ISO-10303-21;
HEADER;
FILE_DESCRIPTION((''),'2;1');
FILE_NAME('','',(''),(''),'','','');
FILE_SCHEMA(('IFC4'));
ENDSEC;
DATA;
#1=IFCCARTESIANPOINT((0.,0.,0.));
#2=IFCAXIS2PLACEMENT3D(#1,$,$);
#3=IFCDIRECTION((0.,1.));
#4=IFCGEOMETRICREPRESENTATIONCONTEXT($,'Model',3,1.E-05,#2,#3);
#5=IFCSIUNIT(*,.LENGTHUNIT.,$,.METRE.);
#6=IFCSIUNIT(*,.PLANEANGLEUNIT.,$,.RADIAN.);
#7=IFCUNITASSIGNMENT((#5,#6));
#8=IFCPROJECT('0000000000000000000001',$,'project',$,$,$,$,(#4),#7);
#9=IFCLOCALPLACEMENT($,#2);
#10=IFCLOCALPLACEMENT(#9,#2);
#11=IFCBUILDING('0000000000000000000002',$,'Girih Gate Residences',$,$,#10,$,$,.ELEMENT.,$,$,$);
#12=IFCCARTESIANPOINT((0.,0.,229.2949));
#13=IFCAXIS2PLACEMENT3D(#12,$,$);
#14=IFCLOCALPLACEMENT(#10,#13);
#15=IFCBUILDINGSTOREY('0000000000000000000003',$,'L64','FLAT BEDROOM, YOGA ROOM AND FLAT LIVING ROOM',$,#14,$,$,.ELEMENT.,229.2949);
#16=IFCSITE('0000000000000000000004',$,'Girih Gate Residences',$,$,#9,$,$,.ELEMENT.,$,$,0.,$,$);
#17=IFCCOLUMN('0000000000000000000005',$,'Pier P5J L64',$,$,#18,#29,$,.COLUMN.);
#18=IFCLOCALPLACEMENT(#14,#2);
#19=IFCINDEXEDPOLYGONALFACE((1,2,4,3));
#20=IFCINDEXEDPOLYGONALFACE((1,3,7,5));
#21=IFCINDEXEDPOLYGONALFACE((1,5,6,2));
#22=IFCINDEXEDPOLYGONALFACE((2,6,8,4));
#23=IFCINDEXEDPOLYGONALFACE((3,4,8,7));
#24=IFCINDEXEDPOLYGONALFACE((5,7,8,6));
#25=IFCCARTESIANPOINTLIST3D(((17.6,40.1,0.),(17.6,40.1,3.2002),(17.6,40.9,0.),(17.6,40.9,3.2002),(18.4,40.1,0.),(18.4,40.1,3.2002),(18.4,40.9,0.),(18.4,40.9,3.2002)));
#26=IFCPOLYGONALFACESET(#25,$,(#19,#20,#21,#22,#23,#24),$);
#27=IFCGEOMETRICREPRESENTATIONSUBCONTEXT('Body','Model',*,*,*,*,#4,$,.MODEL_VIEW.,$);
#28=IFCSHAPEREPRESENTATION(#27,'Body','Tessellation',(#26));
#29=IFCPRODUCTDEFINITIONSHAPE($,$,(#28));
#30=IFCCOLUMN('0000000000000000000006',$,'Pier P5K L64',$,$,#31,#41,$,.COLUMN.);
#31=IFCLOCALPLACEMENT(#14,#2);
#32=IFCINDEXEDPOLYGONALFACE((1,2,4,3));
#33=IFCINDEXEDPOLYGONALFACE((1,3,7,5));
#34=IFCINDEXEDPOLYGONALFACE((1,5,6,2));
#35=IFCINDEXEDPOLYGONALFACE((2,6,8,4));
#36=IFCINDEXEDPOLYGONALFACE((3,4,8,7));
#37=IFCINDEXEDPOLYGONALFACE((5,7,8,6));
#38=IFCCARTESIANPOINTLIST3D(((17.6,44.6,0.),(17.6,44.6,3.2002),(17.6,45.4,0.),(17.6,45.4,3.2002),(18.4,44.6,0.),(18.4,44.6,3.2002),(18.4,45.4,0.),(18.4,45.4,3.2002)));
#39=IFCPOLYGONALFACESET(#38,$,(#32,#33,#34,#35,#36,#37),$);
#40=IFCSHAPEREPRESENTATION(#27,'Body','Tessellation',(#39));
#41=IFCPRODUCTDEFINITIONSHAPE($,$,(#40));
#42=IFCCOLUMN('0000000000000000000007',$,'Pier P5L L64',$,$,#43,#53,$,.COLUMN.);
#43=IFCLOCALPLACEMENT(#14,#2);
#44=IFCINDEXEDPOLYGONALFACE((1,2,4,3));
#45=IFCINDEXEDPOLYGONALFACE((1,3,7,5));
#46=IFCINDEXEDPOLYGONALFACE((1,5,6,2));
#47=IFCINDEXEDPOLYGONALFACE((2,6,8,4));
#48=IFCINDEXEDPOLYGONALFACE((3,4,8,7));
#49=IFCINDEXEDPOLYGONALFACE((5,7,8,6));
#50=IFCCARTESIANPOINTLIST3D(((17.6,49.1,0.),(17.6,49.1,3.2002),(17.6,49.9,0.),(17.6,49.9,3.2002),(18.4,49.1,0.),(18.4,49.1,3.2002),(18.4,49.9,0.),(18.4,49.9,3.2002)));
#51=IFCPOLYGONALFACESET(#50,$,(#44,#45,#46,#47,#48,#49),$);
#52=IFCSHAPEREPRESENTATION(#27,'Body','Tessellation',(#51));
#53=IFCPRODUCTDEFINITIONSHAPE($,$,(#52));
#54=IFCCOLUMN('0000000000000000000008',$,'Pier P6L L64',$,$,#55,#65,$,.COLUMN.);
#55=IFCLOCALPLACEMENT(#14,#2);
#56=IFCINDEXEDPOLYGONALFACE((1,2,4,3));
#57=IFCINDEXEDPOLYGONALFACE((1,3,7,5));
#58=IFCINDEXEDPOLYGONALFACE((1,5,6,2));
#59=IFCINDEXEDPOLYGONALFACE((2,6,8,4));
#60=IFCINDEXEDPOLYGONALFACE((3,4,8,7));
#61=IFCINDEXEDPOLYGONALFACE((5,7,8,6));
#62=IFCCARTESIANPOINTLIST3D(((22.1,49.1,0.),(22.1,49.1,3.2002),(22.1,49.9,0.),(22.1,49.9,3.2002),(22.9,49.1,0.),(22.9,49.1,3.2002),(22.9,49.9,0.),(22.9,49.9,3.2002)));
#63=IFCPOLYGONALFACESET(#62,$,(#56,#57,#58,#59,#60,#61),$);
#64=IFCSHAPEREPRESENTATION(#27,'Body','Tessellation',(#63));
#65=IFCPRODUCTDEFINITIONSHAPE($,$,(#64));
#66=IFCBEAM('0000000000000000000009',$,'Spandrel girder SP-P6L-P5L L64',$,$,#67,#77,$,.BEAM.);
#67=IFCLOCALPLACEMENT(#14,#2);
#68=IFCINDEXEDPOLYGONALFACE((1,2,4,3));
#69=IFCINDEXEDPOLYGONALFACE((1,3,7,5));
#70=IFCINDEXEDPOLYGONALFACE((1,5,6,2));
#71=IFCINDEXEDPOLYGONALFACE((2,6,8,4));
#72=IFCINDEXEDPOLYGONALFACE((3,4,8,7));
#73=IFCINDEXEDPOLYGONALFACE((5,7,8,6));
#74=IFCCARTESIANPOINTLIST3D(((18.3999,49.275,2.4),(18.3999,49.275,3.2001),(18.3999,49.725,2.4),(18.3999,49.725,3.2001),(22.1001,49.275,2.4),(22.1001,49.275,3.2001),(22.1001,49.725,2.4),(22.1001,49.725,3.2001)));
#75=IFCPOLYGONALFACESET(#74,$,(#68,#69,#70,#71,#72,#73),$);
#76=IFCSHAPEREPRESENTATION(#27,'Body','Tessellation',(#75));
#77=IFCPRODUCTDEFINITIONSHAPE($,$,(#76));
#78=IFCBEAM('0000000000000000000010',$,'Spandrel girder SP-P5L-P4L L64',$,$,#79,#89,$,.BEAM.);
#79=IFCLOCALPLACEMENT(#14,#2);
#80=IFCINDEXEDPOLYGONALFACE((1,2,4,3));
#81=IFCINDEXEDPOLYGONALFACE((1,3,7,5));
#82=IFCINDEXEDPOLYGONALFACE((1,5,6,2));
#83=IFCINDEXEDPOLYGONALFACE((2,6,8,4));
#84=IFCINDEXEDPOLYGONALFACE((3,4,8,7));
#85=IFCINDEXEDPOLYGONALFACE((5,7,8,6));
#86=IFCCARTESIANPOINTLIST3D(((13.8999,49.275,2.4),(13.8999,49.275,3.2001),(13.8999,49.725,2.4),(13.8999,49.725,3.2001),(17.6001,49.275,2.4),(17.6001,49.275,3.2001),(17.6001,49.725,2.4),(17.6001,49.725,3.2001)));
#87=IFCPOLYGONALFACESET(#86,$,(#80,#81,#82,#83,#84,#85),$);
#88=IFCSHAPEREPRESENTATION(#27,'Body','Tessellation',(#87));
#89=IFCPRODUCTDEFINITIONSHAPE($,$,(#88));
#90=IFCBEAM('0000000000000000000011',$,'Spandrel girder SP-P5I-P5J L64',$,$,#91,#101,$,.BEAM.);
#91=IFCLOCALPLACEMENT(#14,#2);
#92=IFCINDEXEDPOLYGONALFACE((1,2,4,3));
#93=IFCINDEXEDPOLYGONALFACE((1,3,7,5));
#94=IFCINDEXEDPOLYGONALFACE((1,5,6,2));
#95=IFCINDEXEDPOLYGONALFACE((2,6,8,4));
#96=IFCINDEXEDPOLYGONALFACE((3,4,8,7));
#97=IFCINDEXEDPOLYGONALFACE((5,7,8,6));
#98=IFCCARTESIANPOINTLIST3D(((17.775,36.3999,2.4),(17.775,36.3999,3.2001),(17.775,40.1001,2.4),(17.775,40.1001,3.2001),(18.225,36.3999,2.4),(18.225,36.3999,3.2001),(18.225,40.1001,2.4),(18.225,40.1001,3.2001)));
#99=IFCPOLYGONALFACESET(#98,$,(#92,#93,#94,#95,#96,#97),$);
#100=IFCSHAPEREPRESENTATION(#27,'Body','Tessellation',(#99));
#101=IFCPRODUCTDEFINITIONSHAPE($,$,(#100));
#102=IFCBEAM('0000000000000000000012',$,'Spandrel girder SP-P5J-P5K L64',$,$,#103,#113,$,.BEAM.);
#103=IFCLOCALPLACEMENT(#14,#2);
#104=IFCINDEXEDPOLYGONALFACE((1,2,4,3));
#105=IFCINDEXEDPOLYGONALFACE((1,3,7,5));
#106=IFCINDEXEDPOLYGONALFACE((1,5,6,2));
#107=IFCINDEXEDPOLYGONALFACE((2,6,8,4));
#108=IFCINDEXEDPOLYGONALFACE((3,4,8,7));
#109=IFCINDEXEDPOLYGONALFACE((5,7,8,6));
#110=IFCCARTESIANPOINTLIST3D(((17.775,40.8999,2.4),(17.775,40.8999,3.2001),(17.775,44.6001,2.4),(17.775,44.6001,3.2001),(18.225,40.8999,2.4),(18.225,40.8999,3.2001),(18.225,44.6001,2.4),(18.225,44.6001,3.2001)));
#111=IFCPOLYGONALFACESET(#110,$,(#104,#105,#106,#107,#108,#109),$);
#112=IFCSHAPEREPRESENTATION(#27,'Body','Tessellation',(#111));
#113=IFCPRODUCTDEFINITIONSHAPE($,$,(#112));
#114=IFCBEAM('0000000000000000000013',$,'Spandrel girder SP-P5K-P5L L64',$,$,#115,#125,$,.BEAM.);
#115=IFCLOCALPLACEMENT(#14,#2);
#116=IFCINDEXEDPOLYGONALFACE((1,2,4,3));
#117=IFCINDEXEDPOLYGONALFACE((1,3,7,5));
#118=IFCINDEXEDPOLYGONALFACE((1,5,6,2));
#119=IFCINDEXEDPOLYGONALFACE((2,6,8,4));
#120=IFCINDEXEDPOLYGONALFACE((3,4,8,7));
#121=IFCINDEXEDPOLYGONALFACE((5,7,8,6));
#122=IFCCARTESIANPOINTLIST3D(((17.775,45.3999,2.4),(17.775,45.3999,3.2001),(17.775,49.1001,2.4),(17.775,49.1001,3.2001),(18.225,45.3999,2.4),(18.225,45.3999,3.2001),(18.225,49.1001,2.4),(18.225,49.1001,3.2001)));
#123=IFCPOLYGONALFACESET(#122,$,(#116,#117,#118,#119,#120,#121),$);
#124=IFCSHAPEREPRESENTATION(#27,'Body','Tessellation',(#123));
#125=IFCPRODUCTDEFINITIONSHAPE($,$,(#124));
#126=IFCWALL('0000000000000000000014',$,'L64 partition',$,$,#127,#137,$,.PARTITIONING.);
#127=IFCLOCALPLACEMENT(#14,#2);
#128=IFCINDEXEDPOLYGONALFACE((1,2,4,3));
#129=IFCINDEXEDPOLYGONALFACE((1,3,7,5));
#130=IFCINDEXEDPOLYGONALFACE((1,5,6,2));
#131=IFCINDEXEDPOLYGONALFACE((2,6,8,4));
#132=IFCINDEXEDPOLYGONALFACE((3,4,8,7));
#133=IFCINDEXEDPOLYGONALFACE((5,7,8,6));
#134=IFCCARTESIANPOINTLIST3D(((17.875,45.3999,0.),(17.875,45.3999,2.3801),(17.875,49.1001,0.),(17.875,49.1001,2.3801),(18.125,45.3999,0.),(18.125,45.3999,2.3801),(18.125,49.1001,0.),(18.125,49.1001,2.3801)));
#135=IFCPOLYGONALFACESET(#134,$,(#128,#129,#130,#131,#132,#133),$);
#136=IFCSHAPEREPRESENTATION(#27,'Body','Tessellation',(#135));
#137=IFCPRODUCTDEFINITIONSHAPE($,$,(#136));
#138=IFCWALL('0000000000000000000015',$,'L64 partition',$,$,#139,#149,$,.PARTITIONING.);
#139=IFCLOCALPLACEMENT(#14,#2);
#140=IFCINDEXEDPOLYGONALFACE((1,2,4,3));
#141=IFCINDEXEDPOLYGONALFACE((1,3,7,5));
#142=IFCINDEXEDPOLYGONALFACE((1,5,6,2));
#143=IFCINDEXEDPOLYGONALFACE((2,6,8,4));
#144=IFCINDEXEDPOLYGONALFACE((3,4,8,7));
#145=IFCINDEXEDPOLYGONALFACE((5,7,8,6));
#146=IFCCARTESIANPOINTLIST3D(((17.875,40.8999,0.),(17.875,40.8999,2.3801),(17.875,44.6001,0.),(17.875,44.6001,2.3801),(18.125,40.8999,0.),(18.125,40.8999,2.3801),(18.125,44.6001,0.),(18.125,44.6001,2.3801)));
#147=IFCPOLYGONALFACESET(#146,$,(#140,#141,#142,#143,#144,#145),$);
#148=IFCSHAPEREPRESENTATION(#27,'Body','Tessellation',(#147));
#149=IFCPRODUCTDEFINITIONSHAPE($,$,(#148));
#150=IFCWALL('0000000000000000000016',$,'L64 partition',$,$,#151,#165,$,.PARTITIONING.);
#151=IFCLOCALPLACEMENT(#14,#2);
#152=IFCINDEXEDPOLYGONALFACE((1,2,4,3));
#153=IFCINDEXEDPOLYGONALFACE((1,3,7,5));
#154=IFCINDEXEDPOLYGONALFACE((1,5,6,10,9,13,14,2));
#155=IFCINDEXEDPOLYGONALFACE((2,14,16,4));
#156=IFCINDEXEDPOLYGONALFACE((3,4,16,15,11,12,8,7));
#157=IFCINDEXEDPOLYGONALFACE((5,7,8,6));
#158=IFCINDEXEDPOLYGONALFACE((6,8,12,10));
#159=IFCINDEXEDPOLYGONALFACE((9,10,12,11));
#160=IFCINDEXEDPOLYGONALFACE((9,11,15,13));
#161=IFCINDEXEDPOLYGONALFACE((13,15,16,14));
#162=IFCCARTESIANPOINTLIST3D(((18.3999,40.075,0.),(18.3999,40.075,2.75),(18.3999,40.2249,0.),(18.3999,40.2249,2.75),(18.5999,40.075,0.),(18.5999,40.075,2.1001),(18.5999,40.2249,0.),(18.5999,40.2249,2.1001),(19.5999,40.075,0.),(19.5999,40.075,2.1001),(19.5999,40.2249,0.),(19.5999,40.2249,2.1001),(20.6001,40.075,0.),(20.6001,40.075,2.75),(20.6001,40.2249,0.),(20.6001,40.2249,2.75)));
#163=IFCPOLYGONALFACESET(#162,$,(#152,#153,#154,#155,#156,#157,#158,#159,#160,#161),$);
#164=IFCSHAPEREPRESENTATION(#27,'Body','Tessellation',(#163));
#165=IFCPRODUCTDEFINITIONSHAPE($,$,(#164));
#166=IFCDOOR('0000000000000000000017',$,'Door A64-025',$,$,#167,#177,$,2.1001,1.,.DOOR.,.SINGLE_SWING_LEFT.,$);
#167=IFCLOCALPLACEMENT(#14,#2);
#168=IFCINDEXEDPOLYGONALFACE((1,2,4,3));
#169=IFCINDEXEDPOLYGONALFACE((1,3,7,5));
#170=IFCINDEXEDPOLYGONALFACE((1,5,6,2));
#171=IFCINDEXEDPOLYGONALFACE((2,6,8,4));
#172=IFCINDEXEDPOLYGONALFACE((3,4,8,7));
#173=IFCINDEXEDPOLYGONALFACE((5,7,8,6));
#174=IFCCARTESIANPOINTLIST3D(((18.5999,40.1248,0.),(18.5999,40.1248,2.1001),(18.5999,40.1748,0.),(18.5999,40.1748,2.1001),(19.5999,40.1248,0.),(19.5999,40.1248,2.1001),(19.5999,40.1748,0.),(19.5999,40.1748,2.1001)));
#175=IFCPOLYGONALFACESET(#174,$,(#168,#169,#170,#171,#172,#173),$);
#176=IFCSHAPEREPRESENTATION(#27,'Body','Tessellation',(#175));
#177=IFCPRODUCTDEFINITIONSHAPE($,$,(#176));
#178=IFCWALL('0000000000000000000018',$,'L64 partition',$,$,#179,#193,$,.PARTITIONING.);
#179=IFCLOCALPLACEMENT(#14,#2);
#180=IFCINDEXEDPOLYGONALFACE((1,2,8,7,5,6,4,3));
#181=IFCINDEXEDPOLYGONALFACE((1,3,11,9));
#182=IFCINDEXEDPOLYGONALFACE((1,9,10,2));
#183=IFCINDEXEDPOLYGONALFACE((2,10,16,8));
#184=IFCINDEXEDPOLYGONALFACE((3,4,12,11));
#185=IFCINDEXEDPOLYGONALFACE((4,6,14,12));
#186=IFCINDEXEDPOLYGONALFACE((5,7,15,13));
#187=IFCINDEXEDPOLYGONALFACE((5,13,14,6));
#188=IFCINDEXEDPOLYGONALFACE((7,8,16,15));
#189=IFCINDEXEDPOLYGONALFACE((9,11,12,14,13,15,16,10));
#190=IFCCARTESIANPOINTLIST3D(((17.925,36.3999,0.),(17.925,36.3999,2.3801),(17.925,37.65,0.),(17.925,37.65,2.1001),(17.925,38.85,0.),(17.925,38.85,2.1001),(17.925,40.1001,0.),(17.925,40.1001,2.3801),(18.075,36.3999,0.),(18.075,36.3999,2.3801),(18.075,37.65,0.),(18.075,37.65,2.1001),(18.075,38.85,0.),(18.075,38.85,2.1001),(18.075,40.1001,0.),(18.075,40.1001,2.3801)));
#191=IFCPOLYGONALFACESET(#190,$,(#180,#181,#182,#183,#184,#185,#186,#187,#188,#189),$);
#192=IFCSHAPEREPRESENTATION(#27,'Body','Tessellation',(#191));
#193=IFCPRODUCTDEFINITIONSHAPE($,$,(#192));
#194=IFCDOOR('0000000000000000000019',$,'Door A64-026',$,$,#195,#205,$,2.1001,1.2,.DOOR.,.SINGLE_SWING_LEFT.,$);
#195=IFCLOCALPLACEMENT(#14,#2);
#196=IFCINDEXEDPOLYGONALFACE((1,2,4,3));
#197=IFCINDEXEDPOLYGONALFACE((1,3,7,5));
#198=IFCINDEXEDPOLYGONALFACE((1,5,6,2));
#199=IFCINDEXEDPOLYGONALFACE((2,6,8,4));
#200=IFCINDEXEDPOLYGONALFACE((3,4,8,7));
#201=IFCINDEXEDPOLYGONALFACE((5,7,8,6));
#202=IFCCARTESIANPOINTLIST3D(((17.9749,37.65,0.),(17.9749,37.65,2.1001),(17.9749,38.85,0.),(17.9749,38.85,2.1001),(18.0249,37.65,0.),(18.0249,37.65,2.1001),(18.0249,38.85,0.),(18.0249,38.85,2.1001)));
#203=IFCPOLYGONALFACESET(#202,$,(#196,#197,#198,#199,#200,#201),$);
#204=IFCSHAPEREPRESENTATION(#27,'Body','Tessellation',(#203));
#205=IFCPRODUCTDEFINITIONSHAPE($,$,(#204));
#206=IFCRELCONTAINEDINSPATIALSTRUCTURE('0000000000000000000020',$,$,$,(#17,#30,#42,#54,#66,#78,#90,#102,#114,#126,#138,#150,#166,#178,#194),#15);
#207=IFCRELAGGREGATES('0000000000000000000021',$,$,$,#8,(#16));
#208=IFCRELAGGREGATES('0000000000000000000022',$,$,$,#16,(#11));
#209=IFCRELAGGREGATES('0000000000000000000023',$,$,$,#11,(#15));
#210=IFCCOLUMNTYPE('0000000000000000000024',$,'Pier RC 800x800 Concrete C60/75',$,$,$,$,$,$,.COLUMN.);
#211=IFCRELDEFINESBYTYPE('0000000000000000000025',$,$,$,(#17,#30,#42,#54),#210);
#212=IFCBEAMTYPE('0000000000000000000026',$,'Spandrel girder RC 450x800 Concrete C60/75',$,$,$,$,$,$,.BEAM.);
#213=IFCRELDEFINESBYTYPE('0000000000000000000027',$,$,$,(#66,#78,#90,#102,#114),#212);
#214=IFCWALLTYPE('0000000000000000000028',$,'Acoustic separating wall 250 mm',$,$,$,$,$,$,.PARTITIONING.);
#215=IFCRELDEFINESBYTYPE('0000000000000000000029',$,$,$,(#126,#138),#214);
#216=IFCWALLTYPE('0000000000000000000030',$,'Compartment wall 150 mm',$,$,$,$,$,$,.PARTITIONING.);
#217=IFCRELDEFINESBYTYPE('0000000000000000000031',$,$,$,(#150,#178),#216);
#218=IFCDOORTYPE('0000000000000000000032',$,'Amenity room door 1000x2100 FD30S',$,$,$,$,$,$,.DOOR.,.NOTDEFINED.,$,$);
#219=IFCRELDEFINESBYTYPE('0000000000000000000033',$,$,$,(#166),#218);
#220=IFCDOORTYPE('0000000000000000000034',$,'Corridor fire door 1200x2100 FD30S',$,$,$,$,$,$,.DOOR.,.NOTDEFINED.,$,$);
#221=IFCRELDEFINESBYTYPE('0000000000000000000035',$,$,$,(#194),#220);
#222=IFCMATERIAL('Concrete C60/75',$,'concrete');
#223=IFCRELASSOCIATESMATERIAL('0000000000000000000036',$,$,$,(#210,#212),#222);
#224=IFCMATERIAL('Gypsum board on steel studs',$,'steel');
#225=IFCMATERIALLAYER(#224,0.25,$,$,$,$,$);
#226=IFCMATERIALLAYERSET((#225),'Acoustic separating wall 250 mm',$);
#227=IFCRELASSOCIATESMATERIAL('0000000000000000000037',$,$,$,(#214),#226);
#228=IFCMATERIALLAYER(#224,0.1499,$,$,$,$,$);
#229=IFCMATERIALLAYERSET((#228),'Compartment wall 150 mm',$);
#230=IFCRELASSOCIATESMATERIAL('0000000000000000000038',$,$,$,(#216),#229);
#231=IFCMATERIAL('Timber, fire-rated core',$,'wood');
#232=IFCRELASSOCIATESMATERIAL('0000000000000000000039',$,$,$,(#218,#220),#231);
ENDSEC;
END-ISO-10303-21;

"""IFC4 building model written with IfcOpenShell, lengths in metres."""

from ifc_helpers import new_model, si_unit, direction, frame, frame_2d, origin, origin_2d, place, context, subcontext, project, spatial, rectangle, extrude, material, layer, layer_set, material_profile, profile_set, type_object, element, fill, save


model = new_model("IFC4")

# Units and contexts
model_context = context("Model", 3, precision=1e-05, world=origin(), true_north=direction((0.0, 1.0)))
body_context = subcontext(model_context, "Body", "Model", "MODEL_VIEW")
ifc_project = project(units=[si_unit("LENGTHUNIT", "METRE"), si_unit("PLANEANGLEUNIT", "RADIAN")], contexts=[model_context])

# Site, building, storey
site_placement = place(None, origin())
site = spatial("IfcSite", under=ifc_project, at=site_placement, Name="Girih Gate Residences", CompositionType="ELEMENT", RefElevation=0.0)
building_placement = place(site_placement, origin())
building = spatial("IfcBuilding", under=site, at=building_placement, Name="Girih Gate Residences", CompositionType="ELEMENT")
storey_placement = place(building_placement, frame((0.0, 0.0, 229.2949)))
storey = spatial("IfcBuildingStorey", under=building, at=storey_placement, Name="L64", Description="FLAT BEDROOM, YOGA ROOM AND FLAT LIVING ROOM", CompositionType="ELEMENT", Elevation=229.2949)

# Columns
ifc_material_1 = material(Name="Concrete C60/75", Category="concrete")
ifc_material_profile_1 = material_profile(ifc_material_1, rectangle(XDim=0.8, YDim=0.8, at=origin_2d()))
ifc_profile_set_1 = profile_set([ifc_material_profile_1], Name="Concrete C60/75")
column_type = type_object("IfcColumnType", Name="Pier RC 800x800 Concrete C60/75", PredefinedType="COLUMN", material=ifc_profile_set_1)
for number, where, z_axis, x_axis, name in (
    (1, (18.0, 40.5, 0.0), (0.0, 0.0, 1.0), (1.0, 0.0, 0.0), "Pier P5J L64"),
    (2, (18.0, 45.0, 0.0), (0.0, 0.0, 1.0), (1.0, 0.0, 0.0), "Pier P5K L64"),
    (3, (18.0, 49.5, 0.0), (0.0, 0.0, 1.0), (1.0, 0.0, 0.0), "Pier P5L L64"),
    (4, (22.5, 49.5, 0.0), (0.0, 0.0, 1.0), (1.0, 0.0, 0.0), "Pier P6L L64"),
):
    element("IfcColumn", number, at=place(storey_placement, frame(where, z_axis=z_axis, x_axis=x_axis)), inside=storey, type_object=column_type, Name=name, PredefinedType="COLUMN", context=body_context, shape_type="SweptSolid", body=[
        extrude(rectangle(XDim=0.8, YDim=0.8, at=origin_2d()), origin(), (0.0, 0.0, 1.0), 3.2002),
    ])

# Beams
ifc_material_profile_2 = material_profile(ifc_material_1, rectangle(XDim=0.45, YDim=0.8, at=origin_2d()))
ifc_profile_set_2 = profile_set([ifc_material_profile_2], Name="Concrete C60/75")
beam_type = type_object("IfcBeamType", Name="Spandrel girder RC 450x800 Concrete C60/75", PredefinedType="BEAM", material=ifc_profile_set_2)
for number, where, z_axis, x_axis, name in (
    (5, (22.1001, 49.5, 2.8), (-1.0, 0.0, 0.0), (0.0, -1.0, 0.0), "Spandrel girder SP-P6L-P5L L64"),
    (6, (17.6001, 49.5, 2.8), (-1.0, 0.0, 0.0), (0.0, -1.0, 0.0), "Spandrel girder SP-P5L-P4L L64"),
    (7, (18.0, 36.3999, 2.8), (0.0, 1.0, 0.0), (-1.0, 0.0, 0.0), "Spandrel girder SP-P5I-P5J L64"),
    (8, (18.0, 40.8999, 2.8), (0.0, 1.0, 0.0), (-1.0, 0.0, 0.0), "Spandrel girder SP-P5J-P5K L64"),
    (9, (18.0, 45.3999, 2.8), (0.0, 1.0, 0.0), (-1.0, 0.0, 0.0), "Spandrel girder SP-P5K-P5L L64"),
):
    element("IfcBeam", number, at=place(storey_placement, frame(where, z_axis=z_axis, x_axis=x_axis)), inside=storey, type_object=beam_type, Name=name, PredefinedType="BEAM", context=body_context, shape_type="SweptSolid", body=[
        extrude(rectangle(XDim=0.45, YDim=0.8, at=origin_2d()), origin(), (0.0, 0.0, 1.0), 3.7002),
    ])

# Walls
ifc_material_2 = material(Name="Gypsum board on steel studs", Category="steel")
ifc_layer_1 = layer(ifc_material_2, 0.25)
ifc_layer_set_1 = layer_set([ifc_layer_1], Name="Acoustic separating wall 250 mm")
wall_type_1 = type_object("IfcWallType", Name="Acoustic separating wall 250 mm", PredefinedType="PARTITIONING", material=ifc_layer_set_1)
for number, where, z_axis, x_axis, name in (
    (10, (18.0, 45.3999, 0.0), (0.0, 0.0, 1.0), (0.0, 1.0, 0.0), "L64 partition"),
    (11, (18.0, 40.8999, 0.0), (0.0, 0.0, 1.0), (0.0, 1.0, 0.0), "L64 partition"),
):
    element("IfcWall", number, at=place(storey_placement, frame(where, z_axis=z_axis, x_axis=x_axis)), inside=storey, type_object=wall_type_1, Name=name, PredefinedType="PARTITIONING", context=body_context, shape_type="SweptSolid", body=[
        extrude(rectangle(XDim=3.7002, YDim=0.25, at=frame_2d((1.8501, 0.0))), origin(), (0.0, 0.0, 1.0), 2.3801),
    ])

# Walls, openings, doors
ifc_layer_2 = layer(ifc_material_2, 0.1499)
ifc_layer_set_2 = layer_set([ifc_layer_2], Name="Compartment wall 150 mm")
wall_type_2 = type_object("IfcWallType", Name="Compartment wall 150 mm", PredefinedType="PARTITIONING", material=ifc_layer_set_2)
ifc_material_3 = material(Name="Timber, fire-rated core", Category="wood")
wall_1_placement = place(storey_placement, frame((18.3999, 40.1499, 0.0), z_axis=(0.0, 0.0, 1.0), x_axis=(1.0, 0.0, 0.0)))
wall_1 = element("IfcWall", 12, at=wall_1_placement, inside=storey, type_object=wall_type_2, Name="L64 partition", PredefinedType="PARTITIONING", context=body_context, shape_type="SweptSolid", body=[
    extrude(rectangle(XDim=2.2002, YDim=0.1499, at=frame_2d((1.1001, 0.0))), origin(), (0.0, 0.0, 1.0), 2.75),
])
opening_1_placement = place(wall_1_placement, frame((0.2, 0.0, 0.0)))
opening_1 = element("IfcOpeningElement", 13, at=opening_1_placement, cuts=wall_1, PredefinedType="OPENING", context=body_context, shape_type="SweptSolid", body=[
    extrude(rectangle(XDim=1.0, YDim=2.1001, at=frame_2d((0.5, 1.05))), frame((0.0, 0.085, 0.0), z_axis=(0.0, -1.0, 0.0), x_axis=(1.0, 0.0, 0.0)), (0.0, 0.0, 1.0), 0.1699),
])
door_type_1 = type_object("IfcDoorType", Name="Amenity room door 1000x2100 FD30S", OperationType="NOTDEFINED", PredefinedType="DOOR", material=ifc_material_3)
door_1_placement = place(opening_1_placement, origin())
door_1 = element("IfcDoor", 14, at=door_1_placement, inside=storey, type_object=door_type_1, Name="Door A64-025", OperationType="SINGLE_SWING_LEFT", OverallHeight=2.1001, OverallWidth=1.0, PredefinedType="DOOR", context=body_context, shape_type="SweptSolid", body=[
    extrude(rectangle(XDim=1.0, YDim=2.1001, at=frame_2d((0.5, 1.05))), frame((0.0, 0.0249, 0.0), z_axis=(0.0, -1.0, 0.0), x_axis=(1.0, 0.0, 0.0)), (0.0, 0.0, 1.0), 0.05),
])
fill(opening_1, door_1)
wall_2_placement = place(storey_placement, frame((18.0, 40.1001, 0.0), z_axis=(0.0, 0.0, 1.0), x_axis=(0.0, -1.0, 0.0)))
wall_2 = element("IfcWall", 15, at=wall_2_placement, inside=storey, type_object=wall_type_2, Name="L64 partition", PredefinedType="PARTITIONING", context=body_context, shape_type="SweptSolid", body=[
    extrude(rectangle(XDim=3.7002, YDim=0.1499, at=frame_2d((1.8501, 0.0))), origin(), (0.0, 0.0, 1.0), 2.3801),
])
opening_2_placement = place(wall_2_placement, frame((1.25, 0.0, 0.0)))
opening_2 = element("IfcOpeningElement", 16, at=opening_2_placement, cuts=wall_2, PredefinedType="OPENING", context=body_context, shape_type="SweptSolid", body=[
    extrude(rectangle(XDim=1.2, YDim=2.1001, at=frame_2d((0.6001, 1.05))), frame((0.0, 0.085, 0.0), z_axis=(0.0, -1.0, 0.0), x_axis=(1.0, 0.0, 0.0)), (0.0, 0.0, 1.0), 0.1699),
])
door_type_2 = type_object("IfcDoorType", Name="Corridor fire door 1200x2100 FD30S", OperationType="NOTDEFINED", PredefinedType="DOOR", material=ifc_material_3)
door_2_placement = place(opening_2_placement, origin())
door_2 = element("IfcDoor", 17, at=door_2_placement, inside=storey, type_object=door_type_2, Name="Door A64-026", OperationType="SINGLE_SWING_LEFT", OverallHeight=2.1001, OverallWidth=1.2, PredefinedType="DOOR", context=body_context, shape_type="SweptSolid", body=[
    extrude(rectangle(XDim=1.2, YDim=2.1001, at=frame_2d((0.6001, 1.05))), frame((0.0, 0.0249, 0.0), z_axis=(0.0, -1.0, 0.0), x_axis=(1.0, 0.0, 0.0)), (0.0, 0.0, 1.0), 0.05),
])
fill(opening_2, door_2)

save(model, "model.ifc")
